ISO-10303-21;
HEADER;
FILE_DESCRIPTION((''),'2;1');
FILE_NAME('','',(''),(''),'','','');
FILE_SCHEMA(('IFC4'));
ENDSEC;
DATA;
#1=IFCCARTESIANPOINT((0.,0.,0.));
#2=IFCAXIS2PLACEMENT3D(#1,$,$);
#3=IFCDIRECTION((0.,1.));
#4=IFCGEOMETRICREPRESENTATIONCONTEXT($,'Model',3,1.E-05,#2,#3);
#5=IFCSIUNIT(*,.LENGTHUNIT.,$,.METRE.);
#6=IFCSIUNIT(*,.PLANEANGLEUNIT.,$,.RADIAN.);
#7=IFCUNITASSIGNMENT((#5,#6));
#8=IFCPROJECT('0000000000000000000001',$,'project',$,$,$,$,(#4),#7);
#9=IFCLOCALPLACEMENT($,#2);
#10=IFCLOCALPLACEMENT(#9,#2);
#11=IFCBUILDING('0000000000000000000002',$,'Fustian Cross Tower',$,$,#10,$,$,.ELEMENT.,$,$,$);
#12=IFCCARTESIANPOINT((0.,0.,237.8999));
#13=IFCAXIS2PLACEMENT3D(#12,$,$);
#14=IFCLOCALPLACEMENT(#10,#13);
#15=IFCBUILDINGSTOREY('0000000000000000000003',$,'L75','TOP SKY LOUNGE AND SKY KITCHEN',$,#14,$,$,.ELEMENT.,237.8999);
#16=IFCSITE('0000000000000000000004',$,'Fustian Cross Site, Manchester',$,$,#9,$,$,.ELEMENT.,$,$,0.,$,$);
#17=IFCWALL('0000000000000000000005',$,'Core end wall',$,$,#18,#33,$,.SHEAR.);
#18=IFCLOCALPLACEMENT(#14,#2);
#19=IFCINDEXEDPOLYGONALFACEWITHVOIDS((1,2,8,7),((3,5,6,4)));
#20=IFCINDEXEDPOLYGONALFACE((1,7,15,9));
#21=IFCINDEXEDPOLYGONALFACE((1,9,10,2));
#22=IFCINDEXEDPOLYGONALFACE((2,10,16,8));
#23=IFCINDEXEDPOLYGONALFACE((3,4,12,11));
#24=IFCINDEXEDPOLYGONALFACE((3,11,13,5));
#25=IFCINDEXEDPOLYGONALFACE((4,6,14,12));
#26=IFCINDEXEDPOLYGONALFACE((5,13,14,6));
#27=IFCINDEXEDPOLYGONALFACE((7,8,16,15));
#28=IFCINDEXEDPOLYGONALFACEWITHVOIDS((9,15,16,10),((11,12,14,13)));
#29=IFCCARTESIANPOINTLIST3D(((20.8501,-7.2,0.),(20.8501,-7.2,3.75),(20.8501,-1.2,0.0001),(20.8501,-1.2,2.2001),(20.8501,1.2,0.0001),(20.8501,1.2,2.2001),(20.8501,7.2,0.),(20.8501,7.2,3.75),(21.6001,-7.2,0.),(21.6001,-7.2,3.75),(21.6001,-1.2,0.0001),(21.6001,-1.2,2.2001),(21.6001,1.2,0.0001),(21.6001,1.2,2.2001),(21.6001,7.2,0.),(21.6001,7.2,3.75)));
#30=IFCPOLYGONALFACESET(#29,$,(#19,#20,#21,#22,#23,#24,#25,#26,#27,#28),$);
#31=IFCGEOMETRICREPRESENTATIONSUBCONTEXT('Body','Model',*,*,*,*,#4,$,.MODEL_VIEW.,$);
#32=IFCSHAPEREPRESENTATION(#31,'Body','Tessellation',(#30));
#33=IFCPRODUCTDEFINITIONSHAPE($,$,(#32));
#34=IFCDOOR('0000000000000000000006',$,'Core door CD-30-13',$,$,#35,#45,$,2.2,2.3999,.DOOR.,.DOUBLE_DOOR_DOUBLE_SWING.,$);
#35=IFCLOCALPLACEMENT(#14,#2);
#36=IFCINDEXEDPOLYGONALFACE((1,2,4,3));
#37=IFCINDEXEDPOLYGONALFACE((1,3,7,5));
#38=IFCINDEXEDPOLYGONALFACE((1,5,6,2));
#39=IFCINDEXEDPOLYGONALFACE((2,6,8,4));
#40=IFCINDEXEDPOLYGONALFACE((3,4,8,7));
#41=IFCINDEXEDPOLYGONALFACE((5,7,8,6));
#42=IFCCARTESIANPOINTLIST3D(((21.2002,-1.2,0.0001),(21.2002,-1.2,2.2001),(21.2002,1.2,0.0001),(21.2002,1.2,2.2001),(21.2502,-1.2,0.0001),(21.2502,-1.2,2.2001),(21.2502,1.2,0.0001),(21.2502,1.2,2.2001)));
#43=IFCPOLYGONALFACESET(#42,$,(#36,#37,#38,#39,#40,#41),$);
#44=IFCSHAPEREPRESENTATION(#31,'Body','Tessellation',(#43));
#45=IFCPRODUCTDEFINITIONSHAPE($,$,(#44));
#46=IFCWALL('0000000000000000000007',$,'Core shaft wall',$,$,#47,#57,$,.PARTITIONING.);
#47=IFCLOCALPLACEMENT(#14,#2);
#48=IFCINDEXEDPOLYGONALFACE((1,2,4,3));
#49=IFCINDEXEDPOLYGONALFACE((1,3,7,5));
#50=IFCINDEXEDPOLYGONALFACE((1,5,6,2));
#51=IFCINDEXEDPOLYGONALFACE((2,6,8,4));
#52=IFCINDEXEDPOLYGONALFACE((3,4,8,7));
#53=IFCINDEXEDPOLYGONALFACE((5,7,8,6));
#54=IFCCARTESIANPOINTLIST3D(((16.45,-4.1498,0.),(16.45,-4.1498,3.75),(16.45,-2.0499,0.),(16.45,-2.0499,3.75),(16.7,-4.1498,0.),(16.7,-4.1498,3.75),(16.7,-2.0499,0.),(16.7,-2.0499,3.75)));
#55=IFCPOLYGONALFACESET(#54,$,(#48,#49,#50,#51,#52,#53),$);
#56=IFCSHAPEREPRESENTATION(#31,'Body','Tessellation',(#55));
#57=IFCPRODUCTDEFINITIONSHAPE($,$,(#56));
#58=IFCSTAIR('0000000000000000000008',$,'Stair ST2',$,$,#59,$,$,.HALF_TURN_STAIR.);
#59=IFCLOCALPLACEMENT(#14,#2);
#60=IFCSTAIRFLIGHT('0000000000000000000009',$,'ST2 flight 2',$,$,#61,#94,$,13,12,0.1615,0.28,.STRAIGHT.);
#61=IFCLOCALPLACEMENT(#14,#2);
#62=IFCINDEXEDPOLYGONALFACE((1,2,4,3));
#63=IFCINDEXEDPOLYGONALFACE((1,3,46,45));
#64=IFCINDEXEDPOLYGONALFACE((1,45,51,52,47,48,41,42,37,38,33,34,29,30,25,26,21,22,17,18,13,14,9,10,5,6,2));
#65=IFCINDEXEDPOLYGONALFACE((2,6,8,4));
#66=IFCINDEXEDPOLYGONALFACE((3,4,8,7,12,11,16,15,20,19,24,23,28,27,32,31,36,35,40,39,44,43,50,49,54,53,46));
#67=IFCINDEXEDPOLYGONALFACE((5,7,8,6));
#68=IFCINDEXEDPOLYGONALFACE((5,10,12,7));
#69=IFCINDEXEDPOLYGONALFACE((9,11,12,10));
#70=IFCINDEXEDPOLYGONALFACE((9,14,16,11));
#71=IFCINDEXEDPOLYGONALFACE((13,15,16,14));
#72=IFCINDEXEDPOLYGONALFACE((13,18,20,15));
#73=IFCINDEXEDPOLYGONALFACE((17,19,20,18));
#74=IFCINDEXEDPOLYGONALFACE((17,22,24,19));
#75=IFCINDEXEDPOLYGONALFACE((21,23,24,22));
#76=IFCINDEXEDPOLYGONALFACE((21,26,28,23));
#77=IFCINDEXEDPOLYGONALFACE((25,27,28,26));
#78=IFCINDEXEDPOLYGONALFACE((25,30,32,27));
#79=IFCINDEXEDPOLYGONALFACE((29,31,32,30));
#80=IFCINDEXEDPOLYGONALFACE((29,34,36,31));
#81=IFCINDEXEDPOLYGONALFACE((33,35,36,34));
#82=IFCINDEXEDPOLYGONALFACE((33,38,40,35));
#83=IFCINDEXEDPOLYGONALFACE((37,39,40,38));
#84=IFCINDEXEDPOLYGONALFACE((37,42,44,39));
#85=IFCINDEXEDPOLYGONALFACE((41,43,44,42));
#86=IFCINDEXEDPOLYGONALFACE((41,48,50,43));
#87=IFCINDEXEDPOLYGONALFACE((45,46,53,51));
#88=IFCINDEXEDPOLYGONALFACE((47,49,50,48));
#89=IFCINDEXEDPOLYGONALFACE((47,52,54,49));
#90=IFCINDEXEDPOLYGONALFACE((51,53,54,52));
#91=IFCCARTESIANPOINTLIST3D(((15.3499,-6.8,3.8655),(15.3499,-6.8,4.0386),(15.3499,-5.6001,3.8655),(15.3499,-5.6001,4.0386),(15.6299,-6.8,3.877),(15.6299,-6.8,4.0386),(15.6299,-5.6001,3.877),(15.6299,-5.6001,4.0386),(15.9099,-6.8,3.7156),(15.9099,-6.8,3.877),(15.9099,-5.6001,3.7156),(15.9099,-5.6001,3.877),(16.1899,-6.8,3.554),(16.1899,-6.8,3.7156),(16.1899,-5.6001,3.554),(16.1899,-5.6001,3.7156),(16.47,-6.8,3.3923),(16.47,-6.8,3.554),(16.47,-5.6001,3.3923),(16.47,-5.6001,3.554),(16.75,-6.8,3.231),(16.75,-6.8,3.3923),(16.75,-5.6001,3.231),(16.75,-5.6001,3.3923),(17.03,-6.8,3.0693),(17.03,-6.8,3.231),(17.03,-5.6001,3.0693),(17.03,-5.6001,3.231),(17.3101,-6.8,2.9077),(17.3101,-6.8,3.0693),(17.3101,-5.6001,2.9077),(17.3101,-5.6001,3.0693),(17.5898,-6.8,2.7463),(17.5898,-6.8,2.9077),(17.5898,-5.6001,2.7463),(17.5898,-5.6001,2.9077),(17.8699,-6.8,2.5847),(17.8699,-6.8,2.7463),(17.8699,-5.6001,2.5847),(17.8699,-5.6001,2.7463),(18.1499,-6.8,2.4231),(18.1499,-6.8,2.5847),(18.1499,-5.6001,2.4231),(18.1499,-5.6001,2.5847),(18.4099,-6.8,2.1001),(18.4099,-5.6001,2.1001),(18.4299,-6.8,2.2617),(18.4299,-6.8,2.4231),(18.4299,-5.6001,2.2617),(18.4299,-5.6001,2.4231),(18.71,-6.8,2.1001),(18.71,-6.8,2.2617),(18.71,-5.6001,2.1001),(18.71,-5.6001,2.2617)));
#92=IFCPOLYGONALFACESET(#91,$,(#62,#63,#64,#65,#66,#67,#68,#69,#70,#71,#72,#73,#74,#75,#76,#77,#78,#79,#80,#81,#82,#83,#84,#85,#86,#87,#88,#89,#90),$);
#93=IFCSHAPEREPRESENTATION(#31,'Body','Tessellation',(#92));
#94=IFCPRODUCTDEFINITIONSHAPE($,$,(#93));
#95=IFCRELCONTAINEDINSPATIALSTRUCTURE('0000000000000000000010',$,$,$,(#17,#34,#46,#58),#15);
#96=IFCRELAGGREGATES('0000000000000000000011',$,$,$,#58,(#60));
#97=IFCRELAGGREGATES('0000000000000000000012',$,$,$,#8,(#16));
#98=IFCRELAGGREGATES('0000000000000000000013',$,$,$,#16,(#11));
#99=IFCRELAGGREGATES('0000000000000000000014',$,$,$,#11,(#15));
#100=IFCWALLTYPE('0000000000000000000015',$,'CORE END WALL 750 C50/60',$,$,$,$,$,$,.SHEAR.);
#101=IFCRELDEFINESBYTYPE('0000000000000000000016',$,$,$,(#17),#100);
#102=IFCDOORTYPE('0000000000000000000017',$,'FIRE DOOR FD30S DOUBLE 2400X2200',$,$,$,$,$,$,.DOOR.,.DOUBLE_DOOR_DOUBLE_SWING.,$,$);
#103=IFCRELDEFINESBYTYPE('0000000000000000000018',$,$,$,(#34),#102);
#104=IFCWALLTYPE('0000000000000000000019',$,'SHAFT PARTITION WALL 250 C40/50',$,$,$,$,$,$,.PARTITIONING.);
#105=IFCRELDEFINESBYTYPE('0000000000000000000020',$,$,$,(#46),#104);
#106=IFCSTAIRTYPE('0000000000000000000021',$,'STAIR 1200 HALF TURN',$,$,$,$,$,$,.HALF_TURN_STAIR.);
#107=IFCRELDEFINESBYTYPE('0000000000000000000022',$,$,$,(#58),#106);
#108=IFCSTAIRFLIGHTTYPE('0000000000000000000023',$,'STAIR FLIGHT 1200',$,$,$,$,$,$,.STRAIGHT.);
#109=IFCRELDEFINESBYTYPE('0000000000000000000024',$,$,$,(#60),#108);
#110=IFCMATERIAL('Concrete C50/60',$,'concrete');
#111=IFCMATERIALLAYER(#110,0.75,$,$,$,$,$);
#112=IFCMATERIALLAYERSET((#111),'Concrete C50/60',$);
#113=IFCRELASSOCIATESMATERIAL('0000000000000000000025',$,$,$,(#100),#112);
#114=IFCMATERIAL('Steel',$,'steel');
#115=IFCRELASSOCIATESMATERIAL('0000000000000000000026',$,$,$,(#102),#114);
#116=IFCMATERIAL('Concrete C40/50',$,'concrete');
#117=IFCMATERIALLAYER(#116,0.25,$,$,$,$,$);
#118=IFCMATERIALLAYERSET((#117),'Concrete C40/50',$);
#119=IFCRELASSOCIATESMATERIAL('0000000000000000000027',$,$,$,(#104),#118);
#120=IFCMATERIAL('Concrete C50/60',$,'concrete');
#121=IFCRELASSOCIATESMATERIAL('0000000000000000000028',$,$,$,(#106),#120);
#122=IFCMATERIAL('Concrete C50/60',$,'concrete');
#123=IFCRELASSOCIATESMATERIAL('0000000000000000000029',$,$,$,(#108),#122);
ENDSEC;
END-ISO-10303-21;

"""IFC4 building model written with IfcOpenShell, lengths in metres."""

from ifc_helpers import new_model, si_unit, direction, frame, frame_2d, origin, place, context, subcontext, project, spatial, polyline, rectangle, outline, extrude, material, layer, layer_set, type_object, element, fill, aggregate, save


model = new_model("IFC4")

# Units and contexts
model_context = context("Model", 3, precision=1e-05, world=origin(), true_north=direction((0.0, 1.0)))
body_context = subcontext(model_context, "Body", "Model", "MODEL_VIEW")
ifc_project = project(units=[si_unit("LENGTHUNIT", "METRE"), si_unit("PLANEANGLEUNIT", "RADIAN")], contexts=[model_context])

# Site, building, storey
site_placement = place(None, origin())
site = spatial("IfcSite", under=ifc_project, at=site_placement, Name="Fustian Cross Site, Manchester", CompositionType="ELEMENT", RefElevation=0.0)
building_placement = place(site_placement, origin())
building = spatial("IfcBuilding", under=site, at=building_placement, Name="Fustian Cross Tower", CompositionType="ELEMENT")
storey_placement = place(building_placement, frame((0.0, 0.0, 237.8999)))
storey = spatial("IfcBuildingStorey", under=building, at=storey_placement, Name="L75", Description="TOP SKY LOUNGE AND SKY KITCHEN", CompositionType="ELEMENT", Elevation=237.8999)

# Wall, opening, door
ifc_material_1 = material(Name="Concrete C50/60", Category="concrete")
ifc_layer_1 = layer(ifc_material_1, 0.75)
ifc_layer_set_1 = layer_set([ifc_layer_1], Name="Concrete C50/60")
wall_type_1 = type_object("IfcWallType", Name="CORE END WALL 750 C50/60", PredefinedType="SHEAR", material=ifc_layer_set_1)
wall_1_placement = place(storey_placement, frame((21.2251, -7.2, 0.0), z_axis=(0.0, 0.0, 1.0), x_axis=(0.0, 1.0, 0.0)))
wall_1 = element("IfcWall", 1, at=wall_1_placement, inside=storey, type_object=wall_type_1, Name="Core end wall", PredefinedType="SHEAR", context=body_context, shape_type="SweptSolid", body=[
    extrude(rectangle(XDim=14.3999, YDim=0.75, at=frame_2d((7.2, 0.0))), origin(), (0.0, 0.0, 1.0), 3.75),
])
opening_1_placement = place(wall_1_placement, frame((6.0, 0.0, 0.0)))
opening_1 = element("IfcOpeningElement", 2, at=opening_1_placement, cuts=wall_1, PredefinedType="OPENING", context=body_context, shape_type="SweptSolid", body=[
    extrude(rectangle(XDim=2.3999, YDim=2.2, at=frame_2d((1.2, 1.1001))), frame((0.0, 0.385, 0.0), z_axis=(0.0, -1.0, 0.0), x_axis=(1.0, 0.0, 0.0)), (0.0, 0.0, 1.0), 0.77),
])
ifc_material_2 = material(Name="Steel", Category="steel")
door_type_1 = type_object("IfcDoorType", Name="FIRE DOOR FD30S DOUBLE 2400X2200", OperationType="DOUBLE_DOOR_DOUBLE_SWING", PredefinedType="DOOR", material=ifc_material_2)
door_1_placement = place(opening_1_placement, origin())
door_1 = element("IfcDoor", 3, at=door_1_placement, inside=storey, type_object=door_type_1, Name="Core door CD-30-13", OperationType="DOUBLE_DOOR_DOUBLE_SWING", OverallHeight=2.2, OverallWidth=2.3999, PredefinedType="DOOR", context=body_context, shape_type="SweptSolid", body=[
    extrude(rectangle(XDim=2.3999, YDim=2.2, at=frame_2d((1.2, 1.1001))), frame((0.0, 0.0249, 0.0), z_axis=(0.0, -1.0, 0.0), x_axis=(1.0, 0.0, 0.0)), (0.0, 0.0, 1.0), 0.05),
])
fill(opening_1, door_1)

# Wall
ifc_material_3 = material(Name="Concrete C40/50", Category="concrete")
ifc_layer_2 = layer(ifc_material_3, 0.25)
ifc_layer_set_2 = layer_set([ifc_layer_2], Name="Concrete C40/50")
wall_type_2 = type_object("IfcWallType", Name="SHAFT PARTITION WALL 250 C40/50", PredefinedType="PARTITIONING", material=ifc_layer_set_2)
wall_2_placement = place(storey_placement, frame((16.575, -2.05, 0.0), z_axis=(0.0, 0.0, 1.0), x_axis=(0.0, -1.0, 0.0)))
element("IfcWall", 4, at=wall_2_placement, inside=storey, type_object=wall_type_2, Name="Core shaft wall", PredefinedType="PARTITIONING", context=body_context, shape_type="SweptSolid", body=[
    extrude(rectangle(XDim=2.0999, YDim=0.25, at=frame_2d((1.0498, 0.0))), origin(), (0.0, 0.0, 1.0), 3.75),
])

# Stair, stair flight
ifc_material_4 = material(Name="Concrete C50/60", Category="concrete")
stair_type = type_object("IfcStairType", Name="STAIR 1200 HALF TURN", PredefinedType="HALF_TURN_STAIR", material=ifc_material_4)
stair_placement = place(storey_placement, origin())
stair = element("IfcStair", 5, at=stair_placement, inside=storey, type_object=stair_type, Name="Stair ST2", PredefinedType="HALF_TURN_STAIR")
ifc_material_5 = material(Name="Concrete C50/60", Category="concrete")
stair_flight_type = type_object("IfcStairFlightType", Name="STAIR FLIGHT 1200", PredefinedType="STRAIGHT", material=ifc_material_5)
stair_flight_placement = place(storey_placement, frame((18.71, -6.2, 2.1001), z_axis=(0.0, 0.0, 1.0), x_axis=(-1.0, 0.0, 0.0)))
stair_flight = element("IfcStairFlight", 6, at=stair_flight_placement, type_object=stair_flight_type, Name="ST2 flight 2", NumberOfRisers=13, NumberOfTreads=12, PredefinedType="STRAIGHT", RiserHeight=0.1615, TreadLength=0.28, context=body_context, shape_type="SweptSolid", body=[
    extrude(outline(polyline([(0.0, 0.0), (0.0, 0.1616), (0.28, 0.1616), (0.28, 0.323), (0.5601, 0.323), (0.5601, 0.4846), (0.8401, 0.4846), (0.8401, 0.6462), (1.1201, 0.6462), (1.1201, 0.8076), (1.3999, 0.8076), (1.3999, 0.9692), (1.6799, 0.9692), (1.6799, 1.1309), (1.96, 1.1309), (1.96, 1.2922), (2.24, 1.2922), (2.24, 1.4539), (2.52, 1.4539), (2.52, 1.6155), (2.8, 1.6155), (2.8, 1.7769), (3.0801, 1.7769), (3.0801, 1.9385), (3.3601, 1.9385), (3.3601, 2.1001), (3.3601, 1.7654), (0.3, 0.0), (0.0, 0.0)])), frame((0.0, 0.6001, 0.0), z_axis=(0.0, -1.0, 0.0), x_axis=(1.0, 0.0, 0.0)), (0.0, 0.0, 1.0), 1.2),
])
aggregate(stair, [stair_flight])

save(model, "model.ifc")
